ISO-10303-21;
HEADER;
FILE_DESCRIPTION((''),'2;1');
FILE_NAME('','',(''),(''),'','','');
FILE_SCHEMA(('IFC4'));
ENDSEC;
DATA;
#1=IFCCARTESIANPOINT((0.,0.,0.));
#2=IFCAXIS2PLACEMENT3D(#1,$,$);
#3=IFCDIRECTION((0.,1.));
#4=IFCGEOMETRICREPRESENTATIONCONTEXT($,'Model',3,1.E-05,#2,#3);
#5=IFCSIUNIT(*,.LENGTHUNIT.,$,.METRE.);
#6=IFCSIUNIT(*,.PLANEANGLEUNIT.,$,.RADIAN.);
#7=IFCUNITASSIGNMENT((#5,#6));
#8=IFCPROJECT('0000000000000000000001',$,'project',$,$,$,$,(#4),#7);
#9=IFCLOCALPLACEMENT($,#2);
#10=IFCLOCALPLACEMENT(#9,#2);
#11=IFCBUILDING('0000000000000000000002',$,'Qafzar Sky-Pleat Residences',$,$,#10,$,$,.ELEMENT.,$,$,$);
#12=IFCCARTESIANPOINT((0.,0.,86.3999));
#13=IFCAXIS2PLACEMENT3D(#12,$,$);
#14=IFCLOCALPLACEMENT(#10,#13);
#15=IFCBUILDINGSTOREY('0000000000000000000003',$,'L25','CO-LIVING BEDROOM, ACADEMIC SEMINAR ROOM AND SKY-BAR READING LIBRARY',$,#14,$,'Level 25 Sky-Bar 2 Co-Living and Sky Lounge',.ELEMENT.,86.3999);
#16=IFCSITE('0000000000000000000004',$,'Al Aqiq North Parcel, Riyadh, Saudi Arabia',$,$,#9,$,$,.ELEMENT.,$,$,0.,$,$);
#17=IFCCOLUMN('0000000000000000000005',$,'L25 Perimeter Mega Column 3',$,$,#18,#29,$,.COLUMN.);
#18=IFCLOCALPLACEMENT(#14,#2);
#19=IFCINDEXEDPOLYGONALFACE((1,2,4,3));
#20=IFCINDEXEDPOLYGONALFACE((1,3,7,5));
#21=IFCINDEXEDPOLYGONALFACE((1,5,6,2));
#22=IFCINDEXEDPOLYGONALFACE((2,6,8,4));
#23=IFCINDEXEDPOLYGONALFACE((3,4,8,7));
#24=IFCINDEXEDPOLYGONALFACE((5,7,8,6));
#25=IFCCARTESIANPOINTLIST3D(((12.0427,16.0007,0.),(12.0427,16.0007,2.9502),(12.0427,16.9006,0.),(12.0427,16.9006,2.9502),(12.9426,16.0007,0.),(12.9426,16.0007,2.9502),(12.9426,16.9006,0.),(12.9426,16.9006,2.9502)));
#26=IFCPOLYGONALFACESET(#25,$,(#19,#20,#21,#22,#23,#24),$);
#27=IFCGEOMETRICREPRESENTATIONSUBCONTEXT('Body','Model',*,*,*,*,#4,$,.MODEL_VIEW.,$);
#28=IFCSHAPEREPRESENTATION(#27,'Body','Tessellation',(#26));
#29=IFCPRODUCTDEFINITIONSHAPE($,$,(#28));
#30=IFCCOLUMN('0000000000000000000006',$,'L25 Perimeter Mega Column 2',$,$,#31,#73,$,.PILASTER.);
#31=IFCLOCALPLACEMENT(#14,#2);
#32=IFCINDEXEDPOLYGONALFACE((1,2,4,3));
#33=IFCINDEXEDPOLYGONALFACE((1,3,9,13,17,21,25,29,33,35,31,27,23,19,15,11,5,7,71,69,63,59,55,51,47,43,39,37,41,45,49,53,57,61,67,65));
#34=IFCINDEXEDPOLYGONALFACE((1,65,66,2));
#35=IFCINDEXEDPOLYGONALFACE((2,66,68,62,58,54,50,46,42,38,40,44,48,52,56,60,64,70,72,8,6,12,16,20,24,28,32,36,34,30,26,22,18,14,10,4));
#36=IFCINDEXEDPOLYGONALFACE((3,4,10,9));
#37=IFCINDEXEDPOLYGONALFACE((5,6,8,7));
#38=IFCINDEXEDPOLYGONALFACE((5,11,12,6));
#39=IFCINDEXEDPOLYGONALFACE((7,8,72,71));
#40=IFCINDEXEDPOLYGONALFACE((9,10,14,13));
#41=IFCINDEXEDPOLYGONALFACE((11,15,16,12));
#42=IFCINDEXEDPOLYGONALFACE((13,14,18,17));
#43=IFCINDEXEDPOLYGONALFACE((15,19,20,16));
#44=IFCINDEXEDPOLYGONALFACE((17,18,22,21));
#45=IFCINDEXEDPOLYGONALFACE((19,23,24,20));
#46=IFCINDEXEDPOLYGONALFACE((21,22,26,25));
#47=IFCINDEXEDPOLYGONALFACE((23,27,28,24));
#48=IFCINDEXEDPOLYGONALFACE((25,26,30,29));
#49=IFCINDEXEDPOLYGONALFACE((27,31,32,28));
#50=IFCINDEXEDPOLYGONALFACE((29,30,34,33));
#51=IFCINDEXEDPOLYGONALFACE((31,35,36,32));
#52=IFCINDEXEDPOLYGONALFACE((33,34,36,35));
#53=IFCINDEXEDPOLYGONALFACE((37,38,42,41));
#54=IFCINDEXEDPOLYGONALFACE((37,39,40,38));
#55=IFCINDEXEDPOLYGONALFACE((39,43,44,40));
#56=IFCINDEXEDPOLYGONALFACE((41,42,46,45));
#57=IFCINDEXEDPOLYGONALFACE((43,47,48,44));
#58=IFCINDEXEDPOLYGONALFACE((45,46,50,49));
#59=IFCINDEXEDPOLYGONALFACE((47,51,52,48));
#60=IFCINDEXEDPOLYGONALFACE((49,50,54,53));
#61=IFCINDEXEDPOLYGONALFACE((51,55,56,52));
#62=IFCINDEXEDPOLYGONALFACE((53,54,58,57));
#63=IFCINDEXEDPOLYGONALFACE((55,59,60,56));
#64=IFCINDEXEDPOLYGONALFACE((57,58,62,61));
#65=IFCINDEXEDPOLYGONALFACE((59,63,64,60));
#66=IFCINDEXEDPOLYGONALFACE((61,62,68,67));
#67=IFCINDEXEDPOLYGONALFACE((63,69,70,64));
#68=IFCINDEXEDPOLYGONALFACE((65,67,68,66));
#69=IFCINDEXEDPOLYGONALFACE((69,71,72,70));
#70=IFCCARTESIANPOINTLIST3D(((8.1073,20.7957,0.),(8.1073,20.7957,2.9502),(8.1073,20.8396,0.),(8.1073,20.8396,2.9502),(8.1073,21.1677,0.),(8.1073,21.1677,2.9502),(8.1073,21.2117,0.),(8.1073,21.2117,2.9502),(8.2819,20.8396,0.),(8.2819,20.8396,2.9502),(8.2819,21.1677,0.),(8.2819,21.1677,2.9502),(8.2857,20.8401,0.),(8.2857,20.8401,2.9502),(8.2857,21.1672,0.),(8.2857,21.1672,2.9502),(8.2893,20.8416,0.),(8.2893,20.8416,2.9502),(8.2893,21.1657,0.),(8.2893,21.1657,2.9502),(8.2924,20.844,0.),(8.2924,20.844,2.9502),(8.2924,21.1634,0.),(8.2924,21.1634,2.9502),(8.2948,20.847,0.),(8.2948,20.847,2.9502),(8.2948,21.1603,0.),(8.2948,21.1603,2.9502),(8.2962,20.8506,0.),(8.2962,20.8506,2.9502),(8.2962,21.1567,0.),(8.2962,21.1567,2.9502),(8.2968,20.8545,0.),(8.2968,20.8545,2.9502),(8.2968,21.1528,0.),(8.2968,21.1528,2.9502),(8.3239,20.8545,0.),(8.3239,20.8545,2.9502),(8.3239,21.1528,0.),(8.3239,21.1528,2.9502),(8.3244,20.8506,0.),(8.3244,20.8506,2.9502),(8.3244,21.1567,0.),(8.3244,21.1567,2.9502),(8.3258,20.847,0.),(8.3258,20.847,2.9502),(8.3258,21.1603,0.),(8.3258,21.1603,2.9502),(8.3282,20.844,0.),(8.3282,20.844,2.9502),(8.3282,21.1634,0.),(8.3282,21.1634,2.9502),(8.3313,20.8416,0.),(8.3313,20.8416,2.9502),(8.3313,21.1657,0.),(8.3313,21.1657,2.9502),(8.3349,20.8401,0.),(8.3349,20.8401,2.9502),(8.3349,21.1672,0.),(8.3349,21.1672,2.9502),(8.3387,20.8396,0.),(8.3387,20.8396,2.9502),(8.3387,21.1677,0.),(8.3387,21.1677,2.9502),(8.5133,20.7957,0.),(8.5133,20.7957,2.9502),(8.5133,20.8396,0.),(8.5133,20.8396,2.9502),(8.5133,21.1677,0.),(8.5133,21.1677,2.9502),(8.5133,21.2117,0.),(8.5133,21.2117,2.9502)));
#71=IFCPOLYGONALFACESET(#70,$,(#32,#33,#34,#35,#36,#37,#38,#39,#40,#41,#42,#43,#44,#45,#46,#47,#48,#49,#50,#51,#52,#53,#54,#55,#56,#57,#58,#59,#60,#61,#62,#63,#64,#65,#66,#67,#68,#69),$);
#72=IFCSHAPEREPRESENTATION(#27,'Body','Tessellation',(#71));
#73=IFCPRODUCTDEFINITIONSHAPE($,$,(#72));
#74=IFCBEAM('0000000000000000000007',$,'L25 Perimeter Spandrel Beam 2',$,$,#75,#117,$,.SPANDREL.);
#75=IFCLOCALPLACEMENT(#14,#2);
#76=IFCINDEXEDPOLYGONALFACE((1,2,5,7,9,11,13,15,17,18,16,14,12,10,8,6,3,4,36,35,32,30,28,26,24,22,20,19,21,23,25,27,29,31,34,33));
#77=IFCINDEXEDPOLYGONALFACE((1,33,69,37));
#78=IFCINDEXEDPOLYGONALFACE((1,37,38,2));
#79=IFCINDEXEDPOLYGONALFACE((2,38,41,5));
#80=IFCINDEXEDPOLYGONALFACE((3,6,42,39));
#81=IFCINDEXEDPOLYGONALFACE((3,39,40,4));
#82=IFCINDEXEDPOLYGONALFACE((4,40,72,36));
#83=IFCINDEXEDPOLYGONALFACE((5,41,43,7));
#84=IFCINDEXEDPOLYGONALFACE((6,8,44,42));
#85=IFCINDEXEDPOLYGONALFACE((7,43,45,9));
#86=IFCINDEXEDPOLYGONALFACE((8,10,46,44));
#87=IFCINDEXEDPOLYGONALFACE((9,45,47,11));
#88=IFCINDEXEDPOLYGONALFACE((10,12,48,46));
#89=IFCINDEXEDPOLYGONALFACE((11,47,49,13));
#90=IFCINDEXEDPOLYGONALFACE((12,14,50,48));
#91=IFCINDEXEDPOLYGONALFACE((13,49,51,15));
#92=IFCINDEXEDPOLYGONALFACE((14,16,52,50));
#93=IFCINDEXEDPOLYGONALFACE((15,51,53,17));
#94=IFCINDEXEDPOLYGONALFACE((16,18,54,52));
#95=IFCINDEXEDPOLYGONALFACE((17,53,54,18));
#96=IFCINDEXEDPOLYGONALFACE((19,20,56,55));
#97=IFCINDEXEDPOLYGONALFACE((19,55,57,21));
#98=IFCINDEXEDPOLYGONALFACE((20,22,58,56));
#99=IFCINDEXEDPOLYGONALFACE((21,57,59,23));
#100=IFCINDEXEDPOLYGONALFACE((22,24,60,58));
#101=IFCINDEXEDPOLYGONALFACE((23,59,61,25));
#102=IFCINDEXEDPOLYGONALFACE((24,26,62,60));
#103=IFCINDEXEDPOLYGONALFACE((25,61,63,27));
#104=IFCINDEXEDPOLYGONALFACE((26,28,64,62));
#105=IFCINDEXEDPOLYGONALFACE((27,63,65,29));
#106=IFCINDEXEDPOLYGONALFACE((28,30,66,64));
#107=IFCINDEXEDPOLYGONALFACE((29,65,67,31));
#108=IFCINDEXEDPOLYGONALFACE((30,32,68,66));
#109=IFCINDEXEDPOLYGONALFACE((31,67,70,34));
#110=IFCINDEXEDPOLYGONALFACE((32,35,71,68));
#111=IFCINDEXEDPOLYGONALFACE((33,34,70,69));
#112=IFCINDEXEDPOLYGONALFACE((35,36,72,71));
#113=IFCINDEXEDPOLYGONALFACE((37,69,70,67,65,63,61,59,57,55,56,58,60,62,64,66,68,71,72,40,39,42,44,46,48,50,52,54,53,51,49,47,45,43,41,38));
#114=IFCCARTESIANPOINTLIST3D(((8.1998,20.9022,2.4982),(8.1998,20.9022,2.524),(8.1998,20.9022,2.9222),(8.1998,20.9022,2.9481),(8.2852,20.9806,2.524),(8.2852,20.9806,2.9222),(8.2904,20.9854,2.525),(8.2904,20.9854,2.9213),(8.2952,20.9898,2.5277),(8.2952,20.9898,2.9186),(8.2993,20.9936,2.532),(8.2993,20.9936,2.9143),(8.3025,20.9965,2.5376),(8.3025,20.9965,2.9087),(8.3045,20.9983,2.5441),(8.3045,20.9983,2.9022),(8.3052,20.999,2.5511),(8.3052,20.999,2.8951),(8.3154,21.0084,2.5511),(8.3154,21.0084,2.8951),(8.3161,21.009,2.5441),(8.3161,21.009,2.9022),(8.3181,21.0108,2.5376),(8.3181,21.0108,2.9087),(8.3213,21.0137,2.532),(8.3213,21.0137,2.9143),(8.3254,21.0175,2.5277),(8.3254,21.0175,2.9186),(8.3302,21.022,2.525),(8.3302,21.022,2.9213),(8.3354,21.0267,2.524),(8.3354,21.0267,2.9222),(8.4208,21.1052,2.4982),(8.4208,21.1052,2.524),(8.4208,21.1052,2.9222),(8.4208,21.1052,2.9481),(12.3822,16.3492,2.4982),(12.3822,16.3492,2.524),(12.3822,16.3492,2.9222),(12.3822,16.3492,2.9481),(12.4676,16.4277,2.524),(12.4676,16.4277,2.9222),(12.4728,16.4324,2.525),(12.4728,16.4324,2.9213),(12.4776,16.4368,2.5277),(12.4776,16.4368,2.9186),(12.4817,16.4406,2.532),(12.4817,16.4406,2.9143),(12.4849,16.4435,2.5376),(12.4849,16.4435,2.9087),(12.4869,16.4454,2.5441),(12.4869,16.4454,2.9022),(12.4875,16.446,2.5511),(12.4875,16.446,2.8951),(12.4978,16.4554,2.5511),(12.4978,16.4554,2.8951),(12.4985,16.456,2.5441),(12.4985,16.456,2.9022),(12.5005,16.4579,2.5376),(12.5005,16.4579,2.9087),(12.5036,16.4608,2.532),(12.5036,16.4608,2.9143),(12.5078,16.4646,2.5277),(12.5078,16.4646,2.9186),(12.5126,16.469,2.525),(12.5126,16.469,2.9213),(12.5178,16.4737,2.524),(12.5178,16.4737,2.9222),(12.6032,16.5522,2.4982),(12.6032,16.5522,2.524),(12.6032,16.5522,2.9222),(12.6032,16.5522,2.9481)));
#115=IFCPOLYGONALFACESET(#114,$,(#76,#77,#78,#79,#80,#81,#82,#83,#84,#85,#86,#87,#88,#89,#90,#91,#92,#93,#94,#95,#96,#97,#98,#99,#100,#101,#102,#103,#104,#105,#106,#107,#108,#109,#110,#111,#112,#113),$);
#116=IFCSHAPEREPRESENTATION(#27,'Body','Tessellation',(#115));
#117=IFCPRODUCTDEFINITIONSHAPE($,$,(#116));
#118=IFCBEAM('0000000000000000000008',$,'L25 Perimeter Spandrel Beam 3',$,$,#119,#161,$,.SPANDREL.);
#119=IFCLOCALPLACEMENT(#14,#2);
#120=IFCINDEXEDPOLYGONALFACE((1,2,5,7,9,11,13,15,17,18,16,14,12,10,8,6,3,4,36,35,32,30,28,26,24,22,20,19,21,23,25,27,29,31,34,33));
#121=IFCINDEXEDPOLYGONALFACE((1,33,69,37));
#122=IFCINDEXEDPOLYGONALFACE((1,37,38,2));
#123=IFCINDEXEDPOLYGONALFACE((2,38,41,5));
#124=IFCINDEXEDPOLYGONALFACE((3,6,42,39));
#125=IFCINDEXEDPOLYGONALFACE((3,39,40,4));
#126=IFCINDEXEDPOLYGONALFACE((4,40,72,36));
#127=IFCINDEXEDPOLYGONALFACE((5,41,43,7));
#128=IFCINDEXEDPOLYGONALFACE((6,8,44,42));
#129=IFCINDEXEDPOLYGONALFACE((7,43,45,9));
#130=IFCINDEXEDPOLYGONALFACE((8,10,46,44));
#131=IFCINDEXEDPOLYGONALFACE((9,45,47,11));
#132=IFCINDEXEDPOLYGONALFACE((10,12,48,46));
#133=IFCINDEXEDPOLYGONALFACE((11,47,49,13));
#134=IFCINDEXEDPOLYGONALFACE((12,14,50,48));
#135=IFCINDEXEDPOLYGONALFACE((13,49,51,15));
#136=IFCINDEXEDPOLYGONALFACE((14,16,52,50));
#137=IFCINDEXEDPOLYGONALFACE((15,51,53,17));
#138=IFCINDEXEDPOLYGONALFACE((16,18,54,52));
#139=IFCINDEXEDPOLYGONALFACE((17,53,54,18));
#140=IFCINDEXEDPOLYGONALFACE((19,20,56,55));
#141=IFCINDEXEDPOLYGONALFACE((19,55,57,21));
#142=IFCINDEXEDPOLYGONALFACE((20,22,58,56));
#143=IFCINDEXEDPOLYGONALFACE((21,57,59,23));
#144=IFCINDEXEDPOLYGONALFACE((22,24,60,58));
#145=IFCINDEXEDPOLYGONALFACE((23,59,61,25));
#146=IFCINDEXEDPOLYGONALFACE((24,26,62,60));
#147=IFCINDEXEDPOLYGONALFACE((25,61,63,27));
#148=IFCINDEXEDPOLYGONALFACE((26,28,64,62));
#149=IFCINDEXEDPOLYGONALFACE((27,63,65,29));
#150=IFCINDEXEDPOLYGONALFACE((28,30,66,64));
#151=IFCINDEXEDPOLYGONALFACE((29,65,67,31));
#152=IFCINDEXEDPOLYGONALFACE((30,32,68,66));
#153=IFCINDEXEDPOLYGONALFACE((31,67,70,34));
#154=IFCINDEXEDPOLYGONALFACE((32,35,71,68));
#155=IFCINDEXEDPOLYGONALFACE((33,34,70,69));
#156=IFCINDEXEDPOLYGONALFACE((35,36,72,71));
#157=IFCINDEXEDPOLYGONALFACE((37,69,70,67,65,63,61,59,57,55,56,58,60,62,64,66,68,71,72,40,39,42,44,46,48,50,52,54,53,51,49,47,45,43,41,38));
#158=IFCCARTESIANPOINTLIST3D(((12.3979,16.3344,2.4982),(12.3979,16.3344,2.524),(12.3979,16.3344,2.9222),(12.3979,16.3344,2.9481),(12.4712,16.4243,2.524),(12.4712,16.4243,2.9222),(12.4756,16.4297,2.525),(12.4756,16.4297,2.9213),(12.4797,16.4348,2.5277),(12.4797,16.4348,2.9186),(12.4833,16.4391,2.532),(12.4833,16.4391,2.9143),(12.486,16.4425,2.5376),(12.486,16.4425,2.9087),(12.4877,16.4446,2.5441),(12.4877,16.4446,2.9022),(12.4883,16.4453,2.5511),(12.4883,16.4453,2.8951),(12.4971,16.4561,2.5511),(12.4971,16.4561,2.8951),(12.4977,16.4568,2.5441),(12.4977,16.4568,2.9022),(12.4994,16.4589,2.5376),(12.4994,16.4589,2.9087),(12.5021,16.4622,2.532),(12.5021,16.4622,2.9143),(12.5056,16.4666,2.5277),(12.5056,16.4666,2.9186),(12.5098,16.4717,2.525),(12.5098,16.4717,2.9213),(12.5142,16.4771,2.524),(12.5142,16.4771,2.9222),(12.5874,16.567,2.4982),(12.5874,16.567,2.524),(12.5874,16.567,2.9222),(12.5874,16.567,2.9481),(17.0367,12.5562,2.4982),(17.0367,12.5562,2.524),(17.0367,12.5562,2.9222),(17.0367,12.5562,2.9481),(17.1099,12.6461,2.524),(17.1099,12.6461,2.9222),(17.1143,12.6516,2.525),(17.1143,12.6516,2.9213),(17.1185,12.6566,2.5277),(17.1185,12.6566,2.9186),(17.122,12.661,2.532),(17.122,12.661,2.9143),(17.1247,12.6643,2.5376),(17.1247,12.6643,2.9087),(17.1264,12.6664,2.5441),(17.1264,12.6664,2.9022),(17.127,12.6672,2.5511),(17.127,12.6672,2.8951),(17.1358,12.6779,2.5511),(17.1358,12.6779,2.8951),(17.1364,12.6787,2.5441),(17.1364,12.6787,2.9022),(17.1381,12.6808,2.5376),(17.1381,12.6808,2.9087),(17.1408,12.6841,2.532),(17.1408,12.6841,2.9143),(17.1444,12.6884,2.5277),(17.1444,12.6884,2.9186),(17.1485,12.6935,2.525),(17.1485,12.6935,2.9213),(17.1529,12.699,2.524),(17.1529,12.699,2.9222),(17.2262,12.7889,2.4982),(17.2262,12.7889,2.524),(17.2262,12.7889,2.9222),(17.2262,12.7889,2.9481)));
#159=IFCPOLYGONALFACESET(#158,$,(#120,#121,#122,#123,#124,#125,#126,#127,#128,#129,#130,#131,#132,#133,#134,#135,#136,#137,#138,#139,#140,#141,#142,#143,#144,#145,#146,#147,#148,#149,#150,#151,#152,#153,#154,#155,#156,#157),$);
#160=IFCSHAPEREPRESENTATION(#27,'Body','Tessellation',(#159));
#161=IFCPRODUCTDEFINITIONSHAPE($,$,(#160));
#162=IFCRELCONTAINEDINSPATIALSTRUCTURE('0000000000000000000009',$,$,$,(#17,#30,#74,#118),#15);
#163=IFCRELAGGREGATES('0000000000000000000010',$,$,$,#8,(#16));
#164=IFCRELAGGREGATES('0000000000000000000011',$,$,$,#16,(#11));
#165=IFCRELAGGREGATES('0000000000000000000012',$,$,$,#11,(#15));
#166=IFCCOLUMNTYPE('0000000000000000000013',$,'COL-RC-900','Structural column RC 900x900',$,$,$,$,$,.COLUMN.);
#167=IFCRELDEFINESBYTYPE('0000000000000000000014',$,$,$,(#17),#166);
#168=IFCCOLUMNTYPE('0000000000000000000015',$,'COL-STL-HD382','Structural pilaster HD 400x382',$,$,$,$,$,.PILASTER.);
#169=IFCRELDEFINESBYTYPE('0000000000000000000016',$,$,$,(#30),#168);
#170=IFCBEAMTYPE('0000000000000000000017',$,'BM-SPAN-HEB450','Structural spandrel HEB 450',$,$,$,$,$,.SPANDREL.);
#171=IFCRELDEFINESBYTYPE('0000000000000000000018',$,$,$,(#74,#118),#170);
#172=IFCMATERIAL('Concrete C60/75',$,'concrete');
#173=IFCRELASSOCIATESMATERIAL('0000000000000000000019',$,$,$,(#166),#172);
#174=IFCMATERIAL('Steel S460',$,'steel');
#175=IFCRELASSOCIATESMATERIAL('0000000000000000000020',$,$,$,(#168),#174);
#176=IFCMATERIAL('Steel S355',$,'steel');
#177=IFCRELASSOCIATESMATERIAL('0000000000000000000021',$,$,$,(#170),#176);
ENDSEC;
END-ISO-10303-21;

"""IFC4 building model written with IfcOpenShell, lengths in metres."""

from ifc_helpers import new_model, si_unit, direction, frame, origin, origin_2d, place, context, subcontext, project, spatial, rectangle, i_section, extrude, source, transform, mapped, material, material_profile, profile_set, type_object, element, save


model = new_model("IFC4")

# Units and contexts
model_context = context("Model", 3, precision=1e-05, world=origin(), true_north=direction((0.0, 1.0)))
body_context = subcontext(model_context, "Body", "Model", "MODEL_VIEW")
ifc_project = project(units=[si_unit("LENGTHUNIT", "METRE"), si_unit("PLANEANGLEUNIT", "RADIAN")], contexts=[model_context])

# Site, building, storey
site_placement = place(None, origin())
site = spatial("IfcSite", under=ifc_project, at=site_placement, Name="Al Aqiq North Parcel, Riyadh, Saudi Arabia", CompositionType="ELEMENT", RefElevation=0.0)
building_placement = place(site_placement, origin())
building = spatial("IfcBuilding", under=site, at=building_placement, Name="Qafzar Sky-Pleat Residences", CompositionType="ELEMENT")
storey_placement = place(building_placement, frame((0.0, 0.0, 86.3999)))
storey = spatial("IfcBuildingStorey", under=building, at=storey_placement, Name="L25", Description="CO-LIVING BEDROOM, ACADEMIC SEMINAR ROOM AND SKY-BAR READING LIBRARY", LongName="Level 25 Sky-Bar 2 Co-Living and Sky Lounge", CompositionType="ELEMENT", Elevation=86.3999)

# Columns
ifc_material_1 = material(Name="Concrete C60/75", Category="concrete")
ifc_material_profile_1 = material_profile(ifc_material_1, rectangle(XDim=0.8999, YDim=0.8999, at=origin_2d()), Name="RC 900x900")
ifc_profile_set_1 = profile_set([ifc_material_profile_1], Name="Concrete C60/75")
column_type_1 = type_object("IfcColumnType", Name="COL-RC-900", Description="Structural column RC 900x900", PredefinedType="COLUMN", material=ifc_profile_set_1)
shared_shape_1 = source(origin(), body_context, "Body", "SweptSolid", [
    extrude(rectangle(XDim=0.8999, YDim=0.8999, at=origin_2d()), origin(), (0.0, 0.0, 1.0), 2.9502),
])
column_1_placement = place(storey_placement, frame((12.4927, 16.4507, 0.0), z_axis=(0.0, 0.0, 1.0), x_axis=(1.0, 0.0, 0.0)))
element("IfcColumn", 1, at=column_1_placement, inside=storey, type_object=column_type_1, Name="L25 Perimeter Mega Column 3", PredefinedType="COLUMN", context=body_context, shape_type="MappedRepresentation", body=[
    mapped(shared_shape_1, transform((0.0, 0.0, 0.0), x_axis=(1.0, 0.0, 0.0), y_axis=(0.0, 1.0, 0.0), z_axis=(0.0, 0.0, 1.0), scale=1.0)),
])
ifc_material_2 = material(Name="Steel S460", Category="steel")
ifc_material_profile_2 = material_profile(ifc_material_2, i_section(OverallWidth=0.406, OverallDepth=0.416, WebThickness=0.0271, FlangeThickness=0.0439, FilletRadius=0.0149, at=origin_2d()), Name="HD 400x382")
ifc_profile_set_2 = profile_set([ifc_material_profile_2], Name="Steel S460")
column_type_2 = type_object("IfcColumnType", Name="COL-STL-HD382", Description="Structural pilaster HD 400x382", PredefinedType="PILASTER", material=ifc_profile_set_2)
shared_shape_2 = source(origin(), body_context, "Body", "SweptSolid", [
    extrude(i_section(OverallWidth=0.406, OverallDepth=0.416, WebThickness=0.0271, FlangeThickness=0.0439, FilletRadius=0.0149, at=origin_2d()), origin(), (0.0, 0.0, 1.0), 2.9502),
])
column_2_placement = place(storey_placement, frame((8.3103, 21.0037, 0.0), z_axis=(0.0, 0.0, 1.0), x_axis=(1.0, 0.0, 0.0)))
element("IfcColumn", 2, at=column_2_placement, inside=storey, type_object=column_type_2, Name="L25 Perimeter Mega Column 2", PredefinedType="PILASTER", context=body_context, shape_type="MappedRepresentation", body=[
    mapped(shared_shape_2, transform((0.0, 0.0, 0.0), x_axis=(1.0, 0.0, 0.0), y_axis=(0.0, 1.0, 0.0), z_axis=(0.0, 0.0, 1.0), scale=1.0)),
])

# Beams
ifc_material_3 = material(Name="Steel S355", Category="steel")
ifc_material_profile_3 = material_profile(ifc_material_3, i_section(OverallWidth=0.3, OverallDepth=0.45, WebThickness=0.0139, FlangeThickness=0.0259, FilletRadius=0.0271, at=origin_2d()), Name="HEB 450")
ifc_profile_set_3 = profile_set([ifc_material_profile_3], Name="Steel S355")
beam_type_1 = type_object("IfcBeamType", Name="BM-SPAN-HEB450", Description="Structural spandrel HEB 450", PredefinedType="SPANDREL", material=ifc_profile_set_3)
shared_shape_3 = source(origin(), body_context, "Body", "SweptSolid", [
    extrude(i_section(OverallWidth=0.3, OverallDepth=0.45, WebThickness=0.0139, FlangeThickness=0.0259, FilletRadius=0.0271, at=origin_2d()), origin(), (0.0, 0.0, 1.0), 6.1824),
])
beam_1_placement = place(storey_placement, frame((8.3103, 21.0037, 2.7231), z_axis=(0.676499, -0.736444, 0.0), x_axis=(0.736444, 0.676499, 0.0)))
element("IfcBeam", 3, at=beam_1_placement, inside=storey, type_object=beam_type_1, Name="L25 Perimeter Spandrel Beam 2", PredefinedType="SPANDREL", context=body_context, shape_type="MappedRepresentation", body=[
    mapped(shared_shape_3, transform((0.0, 0.0, 0.0), x_axis=(1.0, 0.0, 0.0), y_axis=(0.0, 1.0, 0.0), z_axis=(0.0, 0.0, 1.0), scale=1.0)),
])
shared_shape_4 = source(origin(), body_context, "Body", "SweptSolid", [
    extrude(i_section(OverallWidth=0.3, OverallDepth=0.45, WebThickness=0.0139, FlangeThickness=0.0259, FilletRadius=0.0271, at=origin_2d()), origin(), (0.0, 0.0, 1.0), 5.9827),
])
beam_2_placement = place(storey_placement, frame((12.4927, 16.4507, 2.7231), z_axis=(0.775364, -0.631514, 0.0), x_axis=(0.631514, 0.775364, 0.0)))
element("IfcBeam", 4, at=beam_2_placement, inside=storey, type_object=beam_type_1, Name="L25 Perimeter Spandrel Beam 3", PredefinedType="SPANDREL", context=body_context, shape_type="MappedRepresentation", body=[
    mapped(shared_shape_4, transform((0.0, 0.0, 0.0), x_axis=(1.0, 0.0, 0.0), y_axis=(0.0, 1.0, 0.0), z_axis=(0.0, 0.0, 1.0), scale=1.0)),
])

save(model, "model.ifc")
